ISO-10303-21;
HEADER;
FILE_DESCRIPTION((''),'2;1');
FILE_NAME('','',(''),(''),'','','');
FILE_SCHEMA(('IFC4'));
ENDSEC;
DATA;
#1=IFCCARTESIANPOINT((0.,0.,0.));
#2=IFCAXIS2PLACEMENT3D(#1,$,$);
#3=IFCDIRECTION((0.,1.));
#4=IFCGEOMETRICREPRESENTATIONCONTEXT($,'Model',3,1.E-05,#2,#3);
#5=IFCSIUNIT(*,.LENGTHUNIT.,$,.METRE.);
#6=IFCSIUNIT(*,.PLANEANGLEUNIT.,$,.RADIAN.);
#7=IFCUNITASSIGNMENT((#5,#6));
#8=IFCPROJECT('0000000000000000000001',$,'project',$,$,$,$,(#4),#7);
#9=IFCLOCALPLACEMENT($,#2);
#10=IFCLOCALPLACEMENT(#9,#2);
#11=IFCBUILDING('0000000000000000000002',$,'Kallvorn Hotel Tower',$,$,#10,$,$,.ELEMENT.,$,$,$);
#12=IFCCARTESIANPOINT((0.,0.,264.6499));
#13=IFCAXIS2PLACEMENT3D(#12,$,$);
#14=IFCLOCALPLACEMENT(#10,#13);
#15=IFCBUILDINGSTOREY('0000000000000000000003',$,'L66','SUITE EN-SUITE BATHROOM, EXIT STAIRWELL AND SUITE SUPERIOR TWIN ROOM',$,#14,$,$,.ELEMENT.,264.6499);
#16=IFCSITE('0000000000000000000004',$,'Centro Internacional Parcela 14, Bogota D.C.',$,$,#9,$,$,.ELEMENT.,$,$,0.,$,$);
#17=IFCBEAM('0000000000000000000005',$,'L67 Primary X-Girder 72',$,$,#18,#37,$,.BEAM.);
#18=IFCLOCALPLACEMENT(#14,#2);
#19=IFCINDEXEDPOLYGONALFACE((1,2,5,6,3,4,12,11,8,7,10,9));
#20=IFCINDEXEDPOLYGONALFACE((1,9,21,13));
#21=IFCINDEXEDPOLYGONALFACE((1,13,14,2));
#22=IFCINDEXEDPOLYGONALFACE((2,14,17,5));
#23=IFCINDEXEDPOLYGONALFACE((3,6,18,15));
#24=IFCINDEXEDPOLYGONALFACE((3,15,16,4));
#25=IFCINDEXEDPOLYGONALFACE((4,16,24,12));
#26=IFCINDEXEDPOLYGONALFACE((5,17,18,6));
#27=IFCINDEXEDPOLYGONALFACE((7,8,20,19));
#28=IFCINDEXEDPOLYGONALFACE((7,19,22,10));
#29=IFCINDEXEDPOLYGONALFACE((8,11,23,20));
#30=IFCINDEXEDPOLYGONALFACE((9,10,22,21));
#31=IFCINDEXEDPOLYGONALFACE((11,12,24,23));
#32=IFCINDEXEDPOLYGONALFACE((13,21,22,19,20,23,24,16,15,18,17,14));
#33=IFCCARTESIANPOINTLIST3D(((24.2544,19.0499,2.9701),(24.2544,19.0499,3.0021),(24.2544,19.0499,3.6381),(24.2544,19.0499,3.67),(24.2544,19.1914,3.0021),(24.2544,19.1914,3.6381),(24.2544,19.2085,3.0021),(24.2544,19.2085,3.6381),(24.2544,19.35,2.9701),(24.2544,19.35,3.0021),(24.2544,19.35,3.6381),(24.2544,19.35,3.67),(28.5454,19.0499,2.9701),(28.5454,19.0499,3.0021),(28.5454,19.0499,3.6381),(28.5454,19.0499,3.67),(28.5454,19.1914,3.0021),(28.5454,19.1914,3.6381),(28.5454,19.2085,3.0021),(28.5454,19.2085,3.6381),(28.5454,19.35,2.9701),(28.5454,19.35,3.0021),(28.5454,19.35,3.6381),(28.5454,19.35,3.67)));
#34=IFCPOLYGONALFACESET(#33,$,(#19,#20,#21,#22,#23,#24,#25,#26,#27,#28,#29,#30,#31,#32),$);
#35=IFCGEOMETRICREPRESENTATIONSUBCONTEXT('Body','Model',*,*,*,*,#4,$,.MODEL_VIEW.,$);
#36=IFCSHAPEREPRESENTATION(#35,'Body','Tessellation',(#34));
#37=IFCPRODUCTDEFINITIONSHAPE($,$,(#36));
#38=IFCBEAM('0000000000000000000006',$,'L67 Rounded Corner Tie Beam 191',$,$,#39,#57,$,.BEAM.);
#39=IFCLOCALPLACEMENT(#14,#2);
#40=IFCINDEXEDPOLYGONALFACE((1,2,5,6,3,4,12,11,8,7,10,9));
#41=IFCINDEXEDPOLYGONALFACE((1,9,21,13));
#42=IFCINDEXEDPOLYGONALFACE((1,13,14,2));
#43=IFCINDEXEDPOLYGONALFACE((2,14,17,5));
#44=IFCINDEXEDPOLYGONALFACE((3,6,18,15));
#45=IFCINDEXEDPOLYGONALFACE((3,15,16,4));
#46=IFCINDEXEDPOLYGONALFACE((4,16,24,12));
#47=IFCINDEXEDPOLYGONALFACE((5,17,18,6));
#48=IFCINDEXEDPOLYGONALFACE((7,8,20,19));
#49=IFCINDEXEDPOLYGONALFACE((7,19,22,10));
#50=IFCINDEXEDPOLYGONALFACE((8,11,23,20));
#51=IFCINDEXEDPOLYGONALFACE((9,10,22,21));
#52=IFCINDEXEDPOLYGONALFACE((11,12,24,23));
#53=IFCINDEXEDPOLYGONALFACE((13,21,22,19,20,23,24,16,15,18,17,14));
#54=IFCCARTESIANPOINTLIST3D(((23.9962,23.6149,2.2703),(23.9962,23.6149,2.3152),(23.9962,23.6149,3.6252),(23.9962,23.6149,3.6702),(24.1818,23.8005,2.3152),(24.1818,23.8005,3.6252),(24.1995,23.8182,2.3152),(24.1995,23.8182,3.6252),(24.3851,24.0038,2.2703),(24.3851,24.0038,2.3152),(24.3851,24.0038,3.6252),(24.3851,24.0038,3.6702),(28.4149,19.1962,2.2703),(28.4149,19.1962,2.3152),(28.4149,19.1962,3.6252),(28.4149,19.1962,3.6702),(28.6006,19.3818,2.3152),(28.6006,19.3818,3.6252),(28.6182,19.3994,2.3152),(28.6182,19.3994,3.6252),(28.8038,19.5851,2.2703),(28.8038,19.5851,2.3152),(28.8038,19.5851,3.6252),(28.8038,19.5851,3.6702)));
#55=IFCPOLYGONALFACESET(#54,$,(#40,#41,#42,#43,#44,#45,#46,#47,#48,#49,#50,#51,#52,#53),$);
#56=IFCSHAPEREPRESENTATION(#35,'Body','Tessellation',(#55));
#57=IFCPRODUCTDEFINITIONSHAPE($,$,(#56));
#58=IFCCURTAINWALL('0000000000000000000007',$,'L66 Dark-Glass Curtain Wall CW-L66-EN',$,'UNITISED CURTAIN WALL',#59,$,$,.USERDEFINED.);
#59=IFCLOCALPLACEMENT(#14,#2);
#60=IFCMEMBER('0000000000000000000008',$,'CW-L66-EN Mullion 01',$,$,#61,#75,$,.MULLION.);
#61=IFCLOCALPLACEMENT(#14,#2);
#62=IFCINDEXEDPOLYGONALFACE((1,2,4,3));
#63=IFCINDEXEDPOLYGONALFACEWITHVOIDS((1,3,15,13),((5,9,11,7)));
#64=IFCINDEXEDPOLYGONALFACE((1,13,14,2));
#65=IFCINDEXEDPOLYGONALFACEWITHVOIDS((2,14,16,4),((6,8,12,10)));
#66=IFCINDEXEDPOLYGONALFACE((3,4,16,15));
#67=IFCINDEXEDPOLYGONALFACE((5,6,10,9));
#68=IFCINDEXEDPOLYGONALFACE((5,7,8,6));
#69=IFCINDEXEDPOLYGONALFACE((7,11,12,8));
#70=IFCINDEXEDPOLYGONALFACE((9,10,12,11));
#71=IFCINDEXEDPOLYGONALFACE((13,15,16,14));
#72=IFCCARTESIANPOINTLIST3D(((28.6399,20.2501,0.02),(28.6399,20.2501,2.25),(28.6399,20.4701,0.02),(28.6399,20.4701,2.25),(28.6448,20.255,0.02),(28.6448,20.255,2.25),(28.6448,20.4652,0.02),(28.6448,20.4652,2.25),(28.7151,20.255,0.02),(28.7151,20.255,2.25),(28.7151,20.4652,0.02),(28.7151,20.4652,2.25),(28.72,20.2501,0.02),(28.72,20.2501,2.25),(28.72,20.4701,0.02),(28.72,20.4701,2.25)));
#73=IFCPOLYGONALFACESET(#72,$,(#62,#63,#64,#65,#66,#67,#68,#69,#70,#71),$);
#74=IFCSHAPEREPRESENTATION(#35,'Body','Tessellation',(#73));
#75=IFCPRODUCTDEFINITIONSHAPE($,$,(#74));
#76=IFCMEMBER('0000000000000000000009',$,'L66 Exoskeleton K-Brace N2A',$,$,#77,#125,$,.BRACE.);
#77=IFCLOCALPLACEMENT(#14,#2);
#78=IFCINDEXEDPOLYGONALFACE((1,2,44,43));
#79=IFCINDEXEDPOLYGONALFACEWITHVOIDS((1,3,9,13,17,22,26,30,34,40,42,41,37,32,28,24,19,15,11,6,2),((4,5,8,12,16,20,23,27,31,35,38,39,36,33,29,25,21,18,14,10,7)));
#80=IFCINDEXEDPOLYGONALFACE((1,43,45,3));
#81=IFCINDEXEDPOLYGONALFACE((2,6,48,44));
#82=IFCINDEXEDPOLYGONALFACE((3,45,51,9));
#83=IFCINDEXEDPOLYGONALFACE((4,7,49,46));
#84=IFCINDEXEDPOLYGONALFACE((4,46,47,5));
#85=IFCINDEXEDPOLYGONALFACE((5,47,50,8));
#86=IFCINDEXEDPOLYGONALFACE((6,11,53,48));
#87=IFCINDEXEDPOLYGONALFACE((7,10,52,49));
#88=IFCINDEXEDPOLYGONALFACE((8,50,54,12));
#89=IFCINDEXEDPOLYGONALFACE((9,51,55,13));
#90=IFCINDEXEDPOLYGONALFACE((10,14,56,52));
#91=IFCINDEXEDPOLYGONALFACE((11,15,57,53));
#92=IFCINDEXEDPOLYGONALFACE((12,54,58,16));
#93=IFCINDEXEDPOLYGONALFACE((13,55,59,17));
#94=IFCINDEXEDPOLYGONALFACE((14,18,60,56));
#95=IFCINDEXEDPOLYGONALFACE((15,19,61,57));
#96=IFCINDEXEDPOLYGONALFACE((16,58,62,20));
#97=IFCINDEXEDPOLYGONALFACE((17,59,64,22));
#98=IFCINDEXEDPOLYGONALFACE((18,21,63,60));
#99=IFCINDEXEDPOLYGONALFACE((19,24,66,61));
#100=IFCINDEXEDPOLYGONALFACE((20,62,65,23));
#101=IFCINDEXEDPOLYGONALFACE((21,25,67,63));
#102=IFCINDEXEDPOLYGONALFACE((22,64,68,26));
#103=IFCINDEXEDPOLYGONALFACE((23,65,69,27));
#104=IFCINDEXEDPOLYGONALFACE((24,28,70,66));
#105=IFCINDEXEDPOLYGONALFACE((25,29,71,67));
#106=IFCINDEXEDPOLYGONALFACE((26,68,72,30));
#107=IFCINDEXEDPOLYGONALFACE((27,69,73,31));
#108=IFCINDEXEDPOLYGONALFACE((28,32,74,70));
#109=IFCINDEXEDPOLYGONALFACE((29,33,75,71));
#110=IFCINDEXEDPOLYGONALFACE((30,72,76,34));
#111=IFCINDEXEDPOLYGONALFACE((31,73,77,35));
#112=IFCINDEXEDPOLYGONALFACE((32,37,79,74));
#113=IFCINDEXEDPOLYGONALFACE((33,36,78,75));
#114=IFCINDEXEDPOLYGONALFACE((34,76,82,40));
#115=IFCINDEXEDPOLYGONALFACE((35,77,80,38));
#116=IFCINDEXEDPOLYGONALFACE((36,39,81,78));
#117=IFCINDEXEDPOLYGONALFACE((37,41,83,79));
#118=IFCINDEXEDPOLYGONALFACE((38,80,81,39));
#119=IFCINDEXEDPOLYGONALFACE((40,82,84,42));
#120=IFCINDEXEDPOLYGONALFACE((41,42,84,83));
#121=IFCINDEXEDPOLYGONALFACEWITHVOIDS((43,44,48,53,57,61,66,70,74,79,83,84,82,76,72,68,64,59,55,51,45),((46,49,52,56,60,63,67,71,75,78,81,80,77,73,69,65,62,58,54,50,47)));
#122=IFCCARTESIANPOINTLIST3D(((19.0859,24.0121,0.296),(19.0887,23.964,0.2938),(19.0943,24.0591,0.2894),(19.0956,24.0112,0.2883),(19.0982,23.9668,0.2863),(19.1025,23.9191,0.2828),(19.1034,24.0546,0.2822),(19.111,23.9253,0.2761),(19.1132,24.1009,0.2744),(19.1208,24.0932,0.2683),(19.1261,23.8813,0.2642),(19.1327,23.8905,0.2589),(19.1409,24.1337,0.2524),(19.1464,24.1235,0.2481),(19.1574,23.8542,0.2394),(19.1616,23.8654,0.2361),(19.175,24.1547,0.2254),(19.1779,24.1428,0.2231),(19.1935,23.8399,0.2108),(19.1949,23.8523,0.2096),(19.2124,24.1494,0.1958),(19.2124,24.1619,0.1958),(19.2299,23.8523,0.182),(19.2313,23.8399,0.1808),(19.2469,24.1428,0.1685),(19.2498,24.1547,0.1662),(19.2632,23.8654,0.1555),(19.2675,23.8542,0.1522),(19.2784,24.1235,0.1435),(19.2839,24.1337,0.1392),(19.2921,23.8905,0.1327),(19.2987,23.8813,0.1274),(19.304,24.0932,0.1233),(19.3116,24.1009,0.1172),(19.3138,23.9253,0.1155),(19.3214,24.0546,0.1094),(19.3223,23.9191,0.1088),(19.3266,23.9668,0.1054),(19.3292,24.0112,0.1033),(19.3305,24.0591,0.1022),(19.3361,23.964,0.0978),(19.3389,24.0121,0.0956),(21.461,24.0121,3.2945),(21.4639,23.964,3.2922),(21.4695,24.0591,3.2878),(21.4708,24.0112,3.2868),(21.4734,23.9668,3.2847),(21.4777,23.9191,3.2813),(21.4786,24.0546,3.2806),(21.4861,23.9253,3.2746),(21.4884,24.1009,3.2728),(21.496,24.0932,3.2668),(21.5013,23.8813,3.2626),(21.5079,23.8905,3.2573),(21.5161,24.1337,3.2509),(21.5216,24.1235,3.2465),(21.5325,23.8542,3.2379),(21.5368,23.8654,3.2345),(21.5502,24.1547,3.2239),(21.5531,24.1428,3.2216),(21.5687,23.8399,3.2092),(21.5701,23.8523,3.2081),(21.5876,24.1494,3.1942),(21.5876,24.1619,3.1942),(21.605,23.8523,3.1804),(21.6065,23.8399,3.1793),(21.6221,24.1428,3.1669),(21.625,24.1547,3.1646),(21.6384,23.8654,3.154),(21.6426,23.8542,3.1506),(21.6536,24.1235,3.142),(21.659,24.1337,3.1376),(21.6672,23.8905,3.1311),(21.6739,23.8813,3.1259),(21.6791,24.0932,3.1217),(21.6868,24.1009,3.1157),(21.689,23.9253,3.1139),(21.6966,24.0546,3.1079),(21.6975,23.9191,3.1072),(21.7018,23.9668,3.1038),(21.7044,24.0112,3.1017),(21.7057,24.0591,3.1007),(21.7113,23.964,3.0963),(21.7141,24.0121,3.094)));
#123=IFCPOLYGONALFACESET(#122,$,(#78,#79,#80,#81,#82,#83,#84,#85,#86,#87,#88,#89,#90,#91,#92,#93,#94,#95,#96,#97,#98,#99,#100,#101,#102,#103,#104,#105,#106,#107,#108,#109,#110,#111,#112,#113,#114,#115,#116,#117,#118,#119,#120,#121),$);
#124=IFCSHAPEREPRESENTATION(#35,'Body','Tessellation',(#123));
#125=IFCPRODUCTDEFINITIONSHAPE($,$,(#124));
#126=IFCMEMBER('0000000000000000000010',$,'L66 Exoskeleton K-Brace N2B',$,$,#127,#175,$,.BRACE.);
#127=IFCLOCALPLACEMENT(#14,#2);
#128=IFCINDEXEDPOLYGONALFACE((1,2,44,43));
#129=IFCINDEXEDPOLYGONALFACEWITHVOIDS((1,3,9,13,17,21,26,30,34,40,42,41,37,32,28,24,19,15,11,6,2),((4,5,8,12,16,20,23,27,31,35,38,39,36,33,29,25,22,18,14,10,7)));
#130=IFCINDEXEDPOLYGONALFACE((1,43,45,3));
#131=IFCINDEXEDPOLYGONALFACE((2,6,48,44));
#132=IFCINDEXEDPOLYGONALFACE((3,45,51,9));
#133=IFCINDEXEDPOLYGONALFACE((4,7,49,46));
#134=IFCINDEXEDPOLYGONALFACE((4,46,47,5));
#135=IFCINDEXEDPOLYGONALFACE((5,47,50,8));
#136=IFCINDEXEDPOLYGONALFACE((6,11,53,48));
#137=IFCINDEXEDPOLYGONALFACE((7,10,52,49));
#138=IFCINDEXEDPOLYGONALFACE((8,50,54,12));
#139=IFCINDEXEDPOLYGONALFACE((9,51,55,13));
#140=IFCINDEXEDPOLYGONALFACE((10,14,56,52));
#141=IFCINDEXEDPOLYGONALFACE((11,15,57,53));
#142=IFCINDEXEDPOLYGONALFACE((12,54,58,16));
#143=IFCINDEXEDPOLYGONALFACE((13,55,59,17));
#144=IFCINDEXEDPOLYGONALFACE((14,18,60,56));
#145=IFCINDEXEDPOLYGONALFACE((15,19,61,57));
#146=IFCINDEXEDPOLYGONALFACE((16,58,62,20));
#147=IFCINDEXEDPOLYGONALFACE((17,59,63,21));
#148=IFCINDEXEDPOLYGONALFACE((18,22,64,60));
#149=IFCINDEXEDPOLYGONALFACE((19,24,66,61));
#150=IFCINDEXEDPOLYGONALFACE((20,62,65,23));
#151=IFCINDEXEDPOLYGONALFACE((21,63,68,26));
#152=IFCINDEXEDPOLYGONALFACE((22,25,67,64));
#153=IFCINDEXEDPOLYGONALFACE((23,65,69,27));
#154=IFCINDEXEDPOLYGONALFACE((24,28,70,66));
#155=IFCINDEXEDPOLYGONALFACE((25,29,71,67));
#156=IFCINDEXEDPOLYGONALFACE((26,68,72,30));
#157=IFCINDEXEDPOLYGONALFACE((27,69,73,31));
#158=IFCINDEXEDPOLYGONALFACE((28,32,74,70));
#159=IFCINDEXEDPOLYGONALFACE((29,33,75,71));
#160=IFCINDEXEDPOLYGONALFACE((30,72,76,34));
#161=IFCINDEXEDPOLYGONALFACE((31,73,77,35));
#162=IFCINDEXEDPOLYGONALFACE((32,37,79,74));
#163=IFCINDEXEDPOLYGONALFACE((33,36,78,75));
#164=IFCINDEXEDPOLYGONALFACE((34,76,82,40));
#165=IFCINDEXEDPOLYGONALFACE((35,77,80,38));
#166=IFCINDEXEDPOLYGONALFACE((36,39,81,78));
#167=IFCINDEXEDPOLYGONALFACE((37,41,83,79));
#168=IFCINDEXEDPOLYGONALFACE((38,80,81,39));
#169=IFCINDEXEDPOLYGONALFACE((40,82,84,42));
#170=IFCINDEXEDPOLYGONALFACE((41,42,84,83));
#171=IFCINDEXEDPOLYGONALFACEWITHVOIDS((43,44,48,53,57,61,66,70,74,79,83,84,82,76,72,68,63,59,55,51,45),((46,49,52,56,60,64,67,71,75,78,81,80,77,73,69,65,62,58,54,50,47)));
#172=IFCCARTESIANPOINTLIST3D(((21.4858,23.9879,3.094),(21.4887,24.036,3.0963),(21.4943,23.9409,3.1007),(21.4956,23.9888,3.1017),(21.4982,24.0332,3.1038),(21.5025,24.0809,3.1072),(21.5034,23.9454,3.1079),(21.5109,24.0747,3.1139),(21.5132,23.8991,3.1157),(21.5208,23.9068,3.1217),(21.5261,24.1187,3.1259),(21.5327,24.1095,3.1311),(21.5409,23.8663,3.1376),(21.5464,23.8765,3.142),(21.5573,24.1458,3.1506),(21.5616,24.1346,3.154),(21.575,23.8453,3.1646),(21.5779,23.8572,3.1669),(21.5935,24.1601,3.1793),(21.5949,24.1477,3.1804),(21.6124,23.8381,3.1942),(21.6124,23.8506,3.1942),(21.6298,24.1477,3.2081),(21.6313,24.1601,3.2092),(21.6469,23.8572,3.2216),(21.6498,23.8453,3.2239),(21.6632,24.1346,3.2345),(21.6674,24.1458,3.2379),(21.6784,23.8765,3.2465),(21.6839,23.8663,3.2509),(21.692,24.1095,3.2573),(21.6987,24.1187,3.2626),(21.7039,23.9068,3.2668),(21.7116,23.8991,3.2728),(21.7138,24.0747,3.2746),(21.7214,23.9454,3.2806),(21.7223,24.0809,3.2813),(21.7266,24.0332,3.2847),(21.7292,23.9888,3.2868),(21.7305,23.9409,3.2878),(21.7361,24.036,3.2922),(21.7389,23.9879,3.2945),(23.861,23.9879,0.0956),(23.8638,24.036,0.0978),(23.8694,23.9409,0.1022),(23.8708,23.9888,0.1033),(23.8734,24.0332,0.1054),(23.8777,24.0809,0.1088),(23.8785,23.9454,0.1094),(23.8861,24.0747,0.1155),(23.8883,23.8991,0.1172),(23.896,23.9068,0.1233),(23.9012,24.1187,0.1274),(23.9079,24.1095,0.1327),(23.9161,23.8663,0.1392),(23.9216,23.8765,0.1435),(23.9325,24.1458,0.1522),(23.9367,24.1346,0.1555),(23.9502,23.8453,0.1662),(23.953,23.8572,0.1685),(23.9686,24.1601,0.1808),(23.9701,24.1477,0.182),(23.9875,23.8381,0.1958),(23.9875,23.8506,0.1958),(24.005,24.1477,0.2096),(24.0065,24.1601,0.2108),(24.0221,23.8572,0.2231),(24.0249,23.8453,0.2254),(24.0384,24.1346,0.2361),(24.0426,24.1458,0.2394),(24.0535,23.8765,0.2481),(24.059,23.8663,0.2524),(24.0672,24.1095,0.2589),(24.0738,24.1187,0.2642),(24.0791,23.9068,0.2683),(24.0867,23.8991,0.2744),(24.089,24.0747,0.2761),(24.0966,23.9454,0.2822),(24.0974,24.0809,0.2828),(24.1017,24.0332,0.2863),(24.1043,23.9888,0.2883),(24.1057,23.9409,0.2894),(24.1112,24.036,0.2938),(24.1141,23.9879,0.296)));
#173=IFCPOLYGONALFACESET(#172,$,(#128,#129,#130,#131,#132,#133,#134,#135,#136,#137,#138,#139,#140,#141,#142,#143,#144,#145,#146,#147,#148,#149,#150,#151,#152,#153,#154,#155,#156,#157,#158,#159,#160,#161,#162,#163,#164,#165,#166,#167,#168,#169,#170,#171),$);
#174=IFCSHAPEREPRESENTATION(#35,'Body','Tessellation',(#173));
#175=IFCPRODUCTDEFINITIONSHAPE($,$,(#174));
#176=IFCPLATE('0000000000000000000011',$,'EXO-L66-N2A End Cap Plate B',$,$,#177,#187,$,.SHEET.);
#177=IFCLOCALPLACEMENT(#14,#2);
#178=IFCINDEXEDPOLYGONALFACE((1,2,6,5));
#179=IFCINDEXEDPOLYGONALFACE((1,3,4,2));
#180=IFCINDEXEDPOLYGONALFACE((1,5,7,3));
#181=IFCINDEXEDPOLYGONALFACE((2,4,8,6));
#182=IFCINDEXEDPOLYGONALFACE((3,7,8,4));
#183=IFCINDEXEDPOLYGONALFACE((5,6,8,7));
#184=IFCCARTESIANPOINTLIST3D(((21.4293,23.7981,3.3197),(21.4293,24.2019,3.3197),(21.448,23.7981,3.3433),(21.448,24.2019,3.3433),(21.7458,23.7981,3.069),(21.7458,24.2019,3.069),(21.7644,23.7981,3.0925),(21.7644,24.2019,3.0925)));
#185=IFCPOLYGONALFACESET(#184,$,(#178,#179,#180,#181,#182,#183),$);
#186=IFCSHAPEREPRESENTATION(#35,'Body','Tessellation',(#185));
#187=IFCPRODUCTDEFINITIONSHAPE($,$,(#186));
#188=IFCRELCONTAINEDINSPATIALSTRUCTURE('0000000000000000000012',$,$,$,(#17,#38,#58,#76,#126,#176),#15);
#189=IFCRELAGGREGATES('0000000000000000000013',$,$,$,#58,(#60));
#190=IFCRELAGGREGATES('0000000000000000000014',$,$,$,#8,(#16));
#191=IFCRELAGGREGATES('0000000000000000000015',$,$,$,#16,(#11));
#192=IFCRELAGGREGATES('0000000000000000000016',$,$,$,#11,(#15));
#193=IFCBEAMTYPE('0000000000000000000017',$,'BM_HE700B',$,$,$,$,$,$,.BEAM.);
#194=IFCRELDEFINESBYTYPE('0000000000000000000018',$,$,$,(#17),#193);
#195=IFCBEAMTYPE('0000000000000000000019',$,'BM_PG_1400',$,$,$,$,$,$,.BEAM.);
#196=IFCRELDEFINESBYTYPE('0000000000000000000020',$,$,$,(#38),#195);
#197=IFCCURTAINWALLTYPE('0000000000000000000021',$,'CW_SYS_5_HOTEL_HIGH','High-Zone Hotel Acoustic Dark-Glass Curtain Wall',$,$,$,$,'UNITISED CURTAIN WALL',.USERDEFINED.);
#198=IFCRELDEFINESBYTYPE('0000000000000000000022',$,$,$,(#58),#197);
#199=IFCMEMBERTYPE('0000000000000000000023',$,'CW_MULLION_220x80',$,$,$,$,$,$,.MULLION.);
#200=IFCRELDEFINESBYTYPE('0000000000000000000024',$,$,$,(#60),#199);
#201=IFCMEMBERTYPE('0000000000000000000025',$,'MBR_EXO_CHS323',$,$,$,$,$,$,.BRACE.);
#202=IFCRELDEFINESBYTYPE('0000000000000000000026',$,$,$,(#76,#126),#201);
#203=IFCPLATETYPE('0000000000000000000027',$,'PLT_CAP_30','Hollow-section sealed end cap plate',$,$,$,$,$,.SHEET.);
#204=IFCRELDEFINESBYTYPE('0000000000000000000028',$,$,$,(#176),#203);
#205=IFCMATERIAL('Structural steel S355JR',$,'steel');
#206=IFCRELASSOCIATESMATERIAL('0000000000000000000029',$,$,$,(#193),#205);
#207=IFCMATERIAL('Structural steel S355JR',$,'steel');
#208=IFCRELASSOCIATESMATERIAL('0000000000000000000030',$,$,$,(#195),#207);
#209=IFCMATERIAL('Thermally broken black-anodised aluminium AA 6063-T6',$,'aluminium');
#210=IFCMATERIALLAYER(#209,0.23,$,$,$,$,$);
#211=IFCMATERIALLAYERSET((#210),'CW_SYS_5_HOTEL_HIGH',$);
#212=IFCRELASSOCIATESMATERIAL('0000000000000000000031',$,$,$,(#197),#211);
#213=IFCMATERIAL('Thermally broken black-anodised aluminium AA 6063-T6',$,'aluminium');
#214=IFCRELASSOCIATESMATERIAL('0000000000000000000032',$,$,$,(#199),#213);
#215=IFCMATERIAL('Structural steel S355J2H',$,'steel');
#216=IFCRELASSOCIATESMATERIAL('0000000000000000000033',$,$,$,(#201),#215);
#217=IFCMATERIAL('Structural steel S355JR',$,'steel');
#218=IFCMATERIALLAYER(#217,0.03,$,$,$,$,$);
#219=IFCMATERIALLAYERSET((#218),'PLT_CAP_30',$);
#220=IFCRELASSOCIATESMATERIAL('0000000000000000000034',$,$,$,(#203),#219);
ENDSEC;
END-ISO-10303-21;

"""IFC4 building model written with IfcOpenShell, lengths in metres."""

from ifc_helpers import new_model, si_unit, direction, frame, origin, origin_2d, place, context, subcontext, project, spatial, polyline, hollow_rectangle, hollow_circle, i_section, outline, extrude, material, layer, layer_set, material_profile, profile_set, type_object, element, aggregate, save


model = new_model("IFC4")

# Units and contexts
model_context = context("Model", 3, precision=1e-05, world=origin(), true_north=direction((0.0, 1.0)))
body_context = subcontext(model_context, "Body", "Model", "MODEL_VIEW")
ifc_project = project(units=[si_unit("LENGTHUNIT", "METRE"), si_unit("PLANEANGLEUNIT", "RADIAN")], contexts=[model_context])

# Site, building, storey
site_placement = place(None, origin())
site = spatial("IfcSite", under=ifc_project, at=site_placement, Name="Centro Internacional Parcela 14, Bogota D.C.", CompositionType="ELEMENT", RefElevation=0.0)
building_placement = place(site_placement, origin())
building = spatial("IfcBuilding", under=site, at=building_placement, Name="Kallvorn Hotel Tower", CompositionType="ELEMENT")
storey_placement = place(building_placement, frame((0.0, 0.0, 264.6499)))
storey = spatial("IfcBuildingStorey", under=building, at=storey_placement, Name="L66", Description="SUITE EN-SUITE BATHROOM, EXIT STAIRWELL AND SUITE SUPERIOR TWIN ROOM", CompositionType="ELEMENT", Elevation=264.6499)

# Beams
ifc_material_1 = material(Name="Structural steel S355JR", Category="steel")
ifc_material_profile_1 = material_profile(ifc_material_1, i_section(OverallWidth=0.3, OverallDepth=0.7, WebThickness=0.0171, FlangeThickness=0.032, at=origin_2d()), Name="HE 700 B")
ifc_profile_set_1 = profile_set([ifc_material_profile_1], Name="Structural steel S355JR")
beam_type_1 = type_object("IfcBeamType", Name="BM_HE700B", PredefinedType="BEAM", material=ifc_profile_set_1)
for number, where, z_axis, x_axis, name in (
    (1, (24.2544, 19.2, 3.3201), (1.0, 0.0, 0.0), (0.0, 1.0, 0.0), "L67 Primary X-Girder 72"),
):
    element("IfcBeam", number, at=place(storey_placement, frame(where, z_axis=z_axis, x_axis=x_axis)), inside=storey, type_object=beam_type_1, Name=name, PredefinedType="BEAM", context=body_context, shape_type="SweptSolid", body=[
        extrude(i_section(OverallWidth=0.3, OverallDepth=0.7, WebThickness=0.0171, FlangeThickness=0.032, at=origin_2d()), origin(), (0.0, 0.0, 1.0), 4.291),
    ])
ifc_material_2 = material(Name="Structural steel S355JR", Category="steel")
ifc_material_profile_2 = material_profile(ifc_material_2, i_section(OverallWidth=0.55, OverallDepth=1.3999, WebThickness=0.0249, FlangeThickness=0.0449, at=origin_2d()), Name="PG 1400x550x25x45")
ifc_profile_set_2 = profile_set([ifc_material_profile_2], Name="Structural steel S355JR")
beam_type_2 = type_object("IfcBeamType", Name="BM_PG_1400", PredefinedType="BEAM", material=ifc_profile_set_2)
beam_1_placement = place(storey_placement, frame((28.6094, 19.3906, 2.9702), z_axis=(-0.707107, 0.707107, 0.0), x_axis=(-0.707107, -0.707107, 0.0)))
element("IfcBeam", 2, at=beam_1_placement, inside=storey, type_object=beam_type_2, Name="L67 Rounded Corner Tie Beam 191", PredefinedType="BEAM", context=body_context, shape_type="SweptSolid", body=[
    extrude(i_section(OverallWidth=0.55, OverallDepth=1.3999, WebThickness=0.0249, FlangeThickness=0.0449, at=origin_2d()), origin(), (0.0, 0.0, 1.0), 6.249),
])

# Curtain wall, member
ifc_material_3 = material(Name="Thermally broken black-anodised aluminium AA 6063-T6", Category="aluminium")
ifc_layer_1 = layer(ifc_material_3, 0.23)
ifc_layer_set_1 = layer_set([ifc_layer_1], Name="CW_SYS_5_HOTEL_HIGH")
curtain_wall_type = type_object("IfcCurtainWallType", Name="CW_SYS_5_HOTEL_HIGH", Description="High-Zone Hotel Acoustic Dark-Glass Curtain Wall", ElementType="UNITISED CURTAIN WALL", PredefinedType="USERDEFINED", material=ifc_layer_set_1)
curtain_wall_placement = place(storey_placement, origin())
curtain_wall = element("IfcCurtainWall", 3, at=curtain_wall_placement, inside=storey, type_object=curtain_wall_type, Name="L66 Dark-Glass Curtain Wall CW-L66-EN", ObjectType="UNITISED CURTAIN WALL", PredefinedType="USERDEFINED")
ifc_material_4 = material(Name="Thermally broken black-anodised aluminium AA 6063-T6", Category="aluminium")
ifc_material_profile_3 = material_profile(ifc_material_4, hollow_rectangle(XDim=0.0801, YDim=0.22, WallThickness=0.0049, at=origin_2d()), Name="MUL 220x80")
ifc_profile_set_3 = profile_set([ifc_material_profile_3], Name="Thermally broken black-anodised aluminium AA 6063-T6")
member_type_1 = type_object("IfcMemberType", Name="CW_MULLION_220x80", PredefinedType="MULLION", material=ifc_profile_set_3)
member_placement = place(storey_placement, frame((28.6799, 20.3601, 0.02), z_axis=(0.0, 0.0, 1.0), x_axis=(1.0, 0.0, 0.0)))
member = element("IfcMember", 4, at=member_placement, type_object=member_type_1, Name="CW-L66-EN Mullion 01", PredefinedType="MULLION", context=body_context, shape_type="SweptSolid", body=[
    extrude(hollow_rectangle(XDim=0.0801, YDim=0.22, WallThickness=0.0049, at=origin_2d()), origin(), (0.0, 0.0, 1.0), 2.23),
])
aggregate(curtain_wall, [member])

# Members
ifc_material_5 = material(Name="Structural steel S355J2H", Category="steel")
ifc_material_profile_4 = material_profile(ifc_material_5, hollow_circle(Radius=0.1619, WallThickness=0.0125, at=origin_2d()), Name="CHS 323.9x12.5")
ifc_profile_set_4 = profile_set([ifc_material_profile_4], Name="Structural steel S355J2H")
member_type_2 = type_object("IfcMemberType", Name="MBR_EXO_CHS323", PredefinedType="BRACE", material=ifc_profile_set_4)
for number, where, z_axis, x_axis, name in (
    (5, (19.2124, 24.0, 0.1958), (0.620929, 0.0, 0.783867), (0.0, 1.0, 0.0), "L66 Exoskeleton K-Brace N2A"),
    (6, (23.9875, 24.0, 0.1958), (-0.620929, 0.0, 0.783867), (0.0, -1.0, 0.0), "L66 Exoskeleton K-Brace N2B"),
):
    element("IfcMember", number, at=place(storey_placement, frame(where, z_axis=z_axis, x_axis=x_axis)), inside=storey, type_object=member_type_2, Name=name, PredefinedType="BRACE", context=body_context, shape_type="SweptSolid", body=[
        extrude(hollow_circle(Radius=0.1619, WallThickness=0.0125, at=origin_2d()), origin(), (0.0, 0.0, 1.0), 3.8252),
    ])

# Plate
ifc_material_6 = material(Name="Structural steel S355JR", Category="steel")
ifc_layer_2 = layer(ifc_material_6, 0.03)
ifc_layer_set_2 = layer_set([ifc_layer_2], Name="PLT_CAP_30")
plate_type_1 = type_object("IfcPlateType", Name="PLT_CAP_30", Description="Hollow-section sealed end cap plate", PredefinedType="SHEET", material=ifc_layer_set_2)
plate_1_placement = place(storey_placement, frame((21.7644, 23.7981, 3.0925), z_axis=(0.621075, 0.0, 0.783751), x_axis=(0.0, 1.0, 0.0)))
element("IfcPlate", 7, at=plate_1_placement, inside=storey, type_object=plate_type_1, Name="EXO-L66-N2A End Cap Plate B", PredefinedType="SHEET", context=body_context, shape_type="SweptSolid", body=[
    extrude(outline(polyline([(0.0, 0.0), (0.4038, 0.0), (0.4038, 0.4037), (0.0, 0.4037), (0.0, 0.0)])), origin(), (0.0, 0.0, -1.0), 0.03),
])

save(model, "model.ifc")
